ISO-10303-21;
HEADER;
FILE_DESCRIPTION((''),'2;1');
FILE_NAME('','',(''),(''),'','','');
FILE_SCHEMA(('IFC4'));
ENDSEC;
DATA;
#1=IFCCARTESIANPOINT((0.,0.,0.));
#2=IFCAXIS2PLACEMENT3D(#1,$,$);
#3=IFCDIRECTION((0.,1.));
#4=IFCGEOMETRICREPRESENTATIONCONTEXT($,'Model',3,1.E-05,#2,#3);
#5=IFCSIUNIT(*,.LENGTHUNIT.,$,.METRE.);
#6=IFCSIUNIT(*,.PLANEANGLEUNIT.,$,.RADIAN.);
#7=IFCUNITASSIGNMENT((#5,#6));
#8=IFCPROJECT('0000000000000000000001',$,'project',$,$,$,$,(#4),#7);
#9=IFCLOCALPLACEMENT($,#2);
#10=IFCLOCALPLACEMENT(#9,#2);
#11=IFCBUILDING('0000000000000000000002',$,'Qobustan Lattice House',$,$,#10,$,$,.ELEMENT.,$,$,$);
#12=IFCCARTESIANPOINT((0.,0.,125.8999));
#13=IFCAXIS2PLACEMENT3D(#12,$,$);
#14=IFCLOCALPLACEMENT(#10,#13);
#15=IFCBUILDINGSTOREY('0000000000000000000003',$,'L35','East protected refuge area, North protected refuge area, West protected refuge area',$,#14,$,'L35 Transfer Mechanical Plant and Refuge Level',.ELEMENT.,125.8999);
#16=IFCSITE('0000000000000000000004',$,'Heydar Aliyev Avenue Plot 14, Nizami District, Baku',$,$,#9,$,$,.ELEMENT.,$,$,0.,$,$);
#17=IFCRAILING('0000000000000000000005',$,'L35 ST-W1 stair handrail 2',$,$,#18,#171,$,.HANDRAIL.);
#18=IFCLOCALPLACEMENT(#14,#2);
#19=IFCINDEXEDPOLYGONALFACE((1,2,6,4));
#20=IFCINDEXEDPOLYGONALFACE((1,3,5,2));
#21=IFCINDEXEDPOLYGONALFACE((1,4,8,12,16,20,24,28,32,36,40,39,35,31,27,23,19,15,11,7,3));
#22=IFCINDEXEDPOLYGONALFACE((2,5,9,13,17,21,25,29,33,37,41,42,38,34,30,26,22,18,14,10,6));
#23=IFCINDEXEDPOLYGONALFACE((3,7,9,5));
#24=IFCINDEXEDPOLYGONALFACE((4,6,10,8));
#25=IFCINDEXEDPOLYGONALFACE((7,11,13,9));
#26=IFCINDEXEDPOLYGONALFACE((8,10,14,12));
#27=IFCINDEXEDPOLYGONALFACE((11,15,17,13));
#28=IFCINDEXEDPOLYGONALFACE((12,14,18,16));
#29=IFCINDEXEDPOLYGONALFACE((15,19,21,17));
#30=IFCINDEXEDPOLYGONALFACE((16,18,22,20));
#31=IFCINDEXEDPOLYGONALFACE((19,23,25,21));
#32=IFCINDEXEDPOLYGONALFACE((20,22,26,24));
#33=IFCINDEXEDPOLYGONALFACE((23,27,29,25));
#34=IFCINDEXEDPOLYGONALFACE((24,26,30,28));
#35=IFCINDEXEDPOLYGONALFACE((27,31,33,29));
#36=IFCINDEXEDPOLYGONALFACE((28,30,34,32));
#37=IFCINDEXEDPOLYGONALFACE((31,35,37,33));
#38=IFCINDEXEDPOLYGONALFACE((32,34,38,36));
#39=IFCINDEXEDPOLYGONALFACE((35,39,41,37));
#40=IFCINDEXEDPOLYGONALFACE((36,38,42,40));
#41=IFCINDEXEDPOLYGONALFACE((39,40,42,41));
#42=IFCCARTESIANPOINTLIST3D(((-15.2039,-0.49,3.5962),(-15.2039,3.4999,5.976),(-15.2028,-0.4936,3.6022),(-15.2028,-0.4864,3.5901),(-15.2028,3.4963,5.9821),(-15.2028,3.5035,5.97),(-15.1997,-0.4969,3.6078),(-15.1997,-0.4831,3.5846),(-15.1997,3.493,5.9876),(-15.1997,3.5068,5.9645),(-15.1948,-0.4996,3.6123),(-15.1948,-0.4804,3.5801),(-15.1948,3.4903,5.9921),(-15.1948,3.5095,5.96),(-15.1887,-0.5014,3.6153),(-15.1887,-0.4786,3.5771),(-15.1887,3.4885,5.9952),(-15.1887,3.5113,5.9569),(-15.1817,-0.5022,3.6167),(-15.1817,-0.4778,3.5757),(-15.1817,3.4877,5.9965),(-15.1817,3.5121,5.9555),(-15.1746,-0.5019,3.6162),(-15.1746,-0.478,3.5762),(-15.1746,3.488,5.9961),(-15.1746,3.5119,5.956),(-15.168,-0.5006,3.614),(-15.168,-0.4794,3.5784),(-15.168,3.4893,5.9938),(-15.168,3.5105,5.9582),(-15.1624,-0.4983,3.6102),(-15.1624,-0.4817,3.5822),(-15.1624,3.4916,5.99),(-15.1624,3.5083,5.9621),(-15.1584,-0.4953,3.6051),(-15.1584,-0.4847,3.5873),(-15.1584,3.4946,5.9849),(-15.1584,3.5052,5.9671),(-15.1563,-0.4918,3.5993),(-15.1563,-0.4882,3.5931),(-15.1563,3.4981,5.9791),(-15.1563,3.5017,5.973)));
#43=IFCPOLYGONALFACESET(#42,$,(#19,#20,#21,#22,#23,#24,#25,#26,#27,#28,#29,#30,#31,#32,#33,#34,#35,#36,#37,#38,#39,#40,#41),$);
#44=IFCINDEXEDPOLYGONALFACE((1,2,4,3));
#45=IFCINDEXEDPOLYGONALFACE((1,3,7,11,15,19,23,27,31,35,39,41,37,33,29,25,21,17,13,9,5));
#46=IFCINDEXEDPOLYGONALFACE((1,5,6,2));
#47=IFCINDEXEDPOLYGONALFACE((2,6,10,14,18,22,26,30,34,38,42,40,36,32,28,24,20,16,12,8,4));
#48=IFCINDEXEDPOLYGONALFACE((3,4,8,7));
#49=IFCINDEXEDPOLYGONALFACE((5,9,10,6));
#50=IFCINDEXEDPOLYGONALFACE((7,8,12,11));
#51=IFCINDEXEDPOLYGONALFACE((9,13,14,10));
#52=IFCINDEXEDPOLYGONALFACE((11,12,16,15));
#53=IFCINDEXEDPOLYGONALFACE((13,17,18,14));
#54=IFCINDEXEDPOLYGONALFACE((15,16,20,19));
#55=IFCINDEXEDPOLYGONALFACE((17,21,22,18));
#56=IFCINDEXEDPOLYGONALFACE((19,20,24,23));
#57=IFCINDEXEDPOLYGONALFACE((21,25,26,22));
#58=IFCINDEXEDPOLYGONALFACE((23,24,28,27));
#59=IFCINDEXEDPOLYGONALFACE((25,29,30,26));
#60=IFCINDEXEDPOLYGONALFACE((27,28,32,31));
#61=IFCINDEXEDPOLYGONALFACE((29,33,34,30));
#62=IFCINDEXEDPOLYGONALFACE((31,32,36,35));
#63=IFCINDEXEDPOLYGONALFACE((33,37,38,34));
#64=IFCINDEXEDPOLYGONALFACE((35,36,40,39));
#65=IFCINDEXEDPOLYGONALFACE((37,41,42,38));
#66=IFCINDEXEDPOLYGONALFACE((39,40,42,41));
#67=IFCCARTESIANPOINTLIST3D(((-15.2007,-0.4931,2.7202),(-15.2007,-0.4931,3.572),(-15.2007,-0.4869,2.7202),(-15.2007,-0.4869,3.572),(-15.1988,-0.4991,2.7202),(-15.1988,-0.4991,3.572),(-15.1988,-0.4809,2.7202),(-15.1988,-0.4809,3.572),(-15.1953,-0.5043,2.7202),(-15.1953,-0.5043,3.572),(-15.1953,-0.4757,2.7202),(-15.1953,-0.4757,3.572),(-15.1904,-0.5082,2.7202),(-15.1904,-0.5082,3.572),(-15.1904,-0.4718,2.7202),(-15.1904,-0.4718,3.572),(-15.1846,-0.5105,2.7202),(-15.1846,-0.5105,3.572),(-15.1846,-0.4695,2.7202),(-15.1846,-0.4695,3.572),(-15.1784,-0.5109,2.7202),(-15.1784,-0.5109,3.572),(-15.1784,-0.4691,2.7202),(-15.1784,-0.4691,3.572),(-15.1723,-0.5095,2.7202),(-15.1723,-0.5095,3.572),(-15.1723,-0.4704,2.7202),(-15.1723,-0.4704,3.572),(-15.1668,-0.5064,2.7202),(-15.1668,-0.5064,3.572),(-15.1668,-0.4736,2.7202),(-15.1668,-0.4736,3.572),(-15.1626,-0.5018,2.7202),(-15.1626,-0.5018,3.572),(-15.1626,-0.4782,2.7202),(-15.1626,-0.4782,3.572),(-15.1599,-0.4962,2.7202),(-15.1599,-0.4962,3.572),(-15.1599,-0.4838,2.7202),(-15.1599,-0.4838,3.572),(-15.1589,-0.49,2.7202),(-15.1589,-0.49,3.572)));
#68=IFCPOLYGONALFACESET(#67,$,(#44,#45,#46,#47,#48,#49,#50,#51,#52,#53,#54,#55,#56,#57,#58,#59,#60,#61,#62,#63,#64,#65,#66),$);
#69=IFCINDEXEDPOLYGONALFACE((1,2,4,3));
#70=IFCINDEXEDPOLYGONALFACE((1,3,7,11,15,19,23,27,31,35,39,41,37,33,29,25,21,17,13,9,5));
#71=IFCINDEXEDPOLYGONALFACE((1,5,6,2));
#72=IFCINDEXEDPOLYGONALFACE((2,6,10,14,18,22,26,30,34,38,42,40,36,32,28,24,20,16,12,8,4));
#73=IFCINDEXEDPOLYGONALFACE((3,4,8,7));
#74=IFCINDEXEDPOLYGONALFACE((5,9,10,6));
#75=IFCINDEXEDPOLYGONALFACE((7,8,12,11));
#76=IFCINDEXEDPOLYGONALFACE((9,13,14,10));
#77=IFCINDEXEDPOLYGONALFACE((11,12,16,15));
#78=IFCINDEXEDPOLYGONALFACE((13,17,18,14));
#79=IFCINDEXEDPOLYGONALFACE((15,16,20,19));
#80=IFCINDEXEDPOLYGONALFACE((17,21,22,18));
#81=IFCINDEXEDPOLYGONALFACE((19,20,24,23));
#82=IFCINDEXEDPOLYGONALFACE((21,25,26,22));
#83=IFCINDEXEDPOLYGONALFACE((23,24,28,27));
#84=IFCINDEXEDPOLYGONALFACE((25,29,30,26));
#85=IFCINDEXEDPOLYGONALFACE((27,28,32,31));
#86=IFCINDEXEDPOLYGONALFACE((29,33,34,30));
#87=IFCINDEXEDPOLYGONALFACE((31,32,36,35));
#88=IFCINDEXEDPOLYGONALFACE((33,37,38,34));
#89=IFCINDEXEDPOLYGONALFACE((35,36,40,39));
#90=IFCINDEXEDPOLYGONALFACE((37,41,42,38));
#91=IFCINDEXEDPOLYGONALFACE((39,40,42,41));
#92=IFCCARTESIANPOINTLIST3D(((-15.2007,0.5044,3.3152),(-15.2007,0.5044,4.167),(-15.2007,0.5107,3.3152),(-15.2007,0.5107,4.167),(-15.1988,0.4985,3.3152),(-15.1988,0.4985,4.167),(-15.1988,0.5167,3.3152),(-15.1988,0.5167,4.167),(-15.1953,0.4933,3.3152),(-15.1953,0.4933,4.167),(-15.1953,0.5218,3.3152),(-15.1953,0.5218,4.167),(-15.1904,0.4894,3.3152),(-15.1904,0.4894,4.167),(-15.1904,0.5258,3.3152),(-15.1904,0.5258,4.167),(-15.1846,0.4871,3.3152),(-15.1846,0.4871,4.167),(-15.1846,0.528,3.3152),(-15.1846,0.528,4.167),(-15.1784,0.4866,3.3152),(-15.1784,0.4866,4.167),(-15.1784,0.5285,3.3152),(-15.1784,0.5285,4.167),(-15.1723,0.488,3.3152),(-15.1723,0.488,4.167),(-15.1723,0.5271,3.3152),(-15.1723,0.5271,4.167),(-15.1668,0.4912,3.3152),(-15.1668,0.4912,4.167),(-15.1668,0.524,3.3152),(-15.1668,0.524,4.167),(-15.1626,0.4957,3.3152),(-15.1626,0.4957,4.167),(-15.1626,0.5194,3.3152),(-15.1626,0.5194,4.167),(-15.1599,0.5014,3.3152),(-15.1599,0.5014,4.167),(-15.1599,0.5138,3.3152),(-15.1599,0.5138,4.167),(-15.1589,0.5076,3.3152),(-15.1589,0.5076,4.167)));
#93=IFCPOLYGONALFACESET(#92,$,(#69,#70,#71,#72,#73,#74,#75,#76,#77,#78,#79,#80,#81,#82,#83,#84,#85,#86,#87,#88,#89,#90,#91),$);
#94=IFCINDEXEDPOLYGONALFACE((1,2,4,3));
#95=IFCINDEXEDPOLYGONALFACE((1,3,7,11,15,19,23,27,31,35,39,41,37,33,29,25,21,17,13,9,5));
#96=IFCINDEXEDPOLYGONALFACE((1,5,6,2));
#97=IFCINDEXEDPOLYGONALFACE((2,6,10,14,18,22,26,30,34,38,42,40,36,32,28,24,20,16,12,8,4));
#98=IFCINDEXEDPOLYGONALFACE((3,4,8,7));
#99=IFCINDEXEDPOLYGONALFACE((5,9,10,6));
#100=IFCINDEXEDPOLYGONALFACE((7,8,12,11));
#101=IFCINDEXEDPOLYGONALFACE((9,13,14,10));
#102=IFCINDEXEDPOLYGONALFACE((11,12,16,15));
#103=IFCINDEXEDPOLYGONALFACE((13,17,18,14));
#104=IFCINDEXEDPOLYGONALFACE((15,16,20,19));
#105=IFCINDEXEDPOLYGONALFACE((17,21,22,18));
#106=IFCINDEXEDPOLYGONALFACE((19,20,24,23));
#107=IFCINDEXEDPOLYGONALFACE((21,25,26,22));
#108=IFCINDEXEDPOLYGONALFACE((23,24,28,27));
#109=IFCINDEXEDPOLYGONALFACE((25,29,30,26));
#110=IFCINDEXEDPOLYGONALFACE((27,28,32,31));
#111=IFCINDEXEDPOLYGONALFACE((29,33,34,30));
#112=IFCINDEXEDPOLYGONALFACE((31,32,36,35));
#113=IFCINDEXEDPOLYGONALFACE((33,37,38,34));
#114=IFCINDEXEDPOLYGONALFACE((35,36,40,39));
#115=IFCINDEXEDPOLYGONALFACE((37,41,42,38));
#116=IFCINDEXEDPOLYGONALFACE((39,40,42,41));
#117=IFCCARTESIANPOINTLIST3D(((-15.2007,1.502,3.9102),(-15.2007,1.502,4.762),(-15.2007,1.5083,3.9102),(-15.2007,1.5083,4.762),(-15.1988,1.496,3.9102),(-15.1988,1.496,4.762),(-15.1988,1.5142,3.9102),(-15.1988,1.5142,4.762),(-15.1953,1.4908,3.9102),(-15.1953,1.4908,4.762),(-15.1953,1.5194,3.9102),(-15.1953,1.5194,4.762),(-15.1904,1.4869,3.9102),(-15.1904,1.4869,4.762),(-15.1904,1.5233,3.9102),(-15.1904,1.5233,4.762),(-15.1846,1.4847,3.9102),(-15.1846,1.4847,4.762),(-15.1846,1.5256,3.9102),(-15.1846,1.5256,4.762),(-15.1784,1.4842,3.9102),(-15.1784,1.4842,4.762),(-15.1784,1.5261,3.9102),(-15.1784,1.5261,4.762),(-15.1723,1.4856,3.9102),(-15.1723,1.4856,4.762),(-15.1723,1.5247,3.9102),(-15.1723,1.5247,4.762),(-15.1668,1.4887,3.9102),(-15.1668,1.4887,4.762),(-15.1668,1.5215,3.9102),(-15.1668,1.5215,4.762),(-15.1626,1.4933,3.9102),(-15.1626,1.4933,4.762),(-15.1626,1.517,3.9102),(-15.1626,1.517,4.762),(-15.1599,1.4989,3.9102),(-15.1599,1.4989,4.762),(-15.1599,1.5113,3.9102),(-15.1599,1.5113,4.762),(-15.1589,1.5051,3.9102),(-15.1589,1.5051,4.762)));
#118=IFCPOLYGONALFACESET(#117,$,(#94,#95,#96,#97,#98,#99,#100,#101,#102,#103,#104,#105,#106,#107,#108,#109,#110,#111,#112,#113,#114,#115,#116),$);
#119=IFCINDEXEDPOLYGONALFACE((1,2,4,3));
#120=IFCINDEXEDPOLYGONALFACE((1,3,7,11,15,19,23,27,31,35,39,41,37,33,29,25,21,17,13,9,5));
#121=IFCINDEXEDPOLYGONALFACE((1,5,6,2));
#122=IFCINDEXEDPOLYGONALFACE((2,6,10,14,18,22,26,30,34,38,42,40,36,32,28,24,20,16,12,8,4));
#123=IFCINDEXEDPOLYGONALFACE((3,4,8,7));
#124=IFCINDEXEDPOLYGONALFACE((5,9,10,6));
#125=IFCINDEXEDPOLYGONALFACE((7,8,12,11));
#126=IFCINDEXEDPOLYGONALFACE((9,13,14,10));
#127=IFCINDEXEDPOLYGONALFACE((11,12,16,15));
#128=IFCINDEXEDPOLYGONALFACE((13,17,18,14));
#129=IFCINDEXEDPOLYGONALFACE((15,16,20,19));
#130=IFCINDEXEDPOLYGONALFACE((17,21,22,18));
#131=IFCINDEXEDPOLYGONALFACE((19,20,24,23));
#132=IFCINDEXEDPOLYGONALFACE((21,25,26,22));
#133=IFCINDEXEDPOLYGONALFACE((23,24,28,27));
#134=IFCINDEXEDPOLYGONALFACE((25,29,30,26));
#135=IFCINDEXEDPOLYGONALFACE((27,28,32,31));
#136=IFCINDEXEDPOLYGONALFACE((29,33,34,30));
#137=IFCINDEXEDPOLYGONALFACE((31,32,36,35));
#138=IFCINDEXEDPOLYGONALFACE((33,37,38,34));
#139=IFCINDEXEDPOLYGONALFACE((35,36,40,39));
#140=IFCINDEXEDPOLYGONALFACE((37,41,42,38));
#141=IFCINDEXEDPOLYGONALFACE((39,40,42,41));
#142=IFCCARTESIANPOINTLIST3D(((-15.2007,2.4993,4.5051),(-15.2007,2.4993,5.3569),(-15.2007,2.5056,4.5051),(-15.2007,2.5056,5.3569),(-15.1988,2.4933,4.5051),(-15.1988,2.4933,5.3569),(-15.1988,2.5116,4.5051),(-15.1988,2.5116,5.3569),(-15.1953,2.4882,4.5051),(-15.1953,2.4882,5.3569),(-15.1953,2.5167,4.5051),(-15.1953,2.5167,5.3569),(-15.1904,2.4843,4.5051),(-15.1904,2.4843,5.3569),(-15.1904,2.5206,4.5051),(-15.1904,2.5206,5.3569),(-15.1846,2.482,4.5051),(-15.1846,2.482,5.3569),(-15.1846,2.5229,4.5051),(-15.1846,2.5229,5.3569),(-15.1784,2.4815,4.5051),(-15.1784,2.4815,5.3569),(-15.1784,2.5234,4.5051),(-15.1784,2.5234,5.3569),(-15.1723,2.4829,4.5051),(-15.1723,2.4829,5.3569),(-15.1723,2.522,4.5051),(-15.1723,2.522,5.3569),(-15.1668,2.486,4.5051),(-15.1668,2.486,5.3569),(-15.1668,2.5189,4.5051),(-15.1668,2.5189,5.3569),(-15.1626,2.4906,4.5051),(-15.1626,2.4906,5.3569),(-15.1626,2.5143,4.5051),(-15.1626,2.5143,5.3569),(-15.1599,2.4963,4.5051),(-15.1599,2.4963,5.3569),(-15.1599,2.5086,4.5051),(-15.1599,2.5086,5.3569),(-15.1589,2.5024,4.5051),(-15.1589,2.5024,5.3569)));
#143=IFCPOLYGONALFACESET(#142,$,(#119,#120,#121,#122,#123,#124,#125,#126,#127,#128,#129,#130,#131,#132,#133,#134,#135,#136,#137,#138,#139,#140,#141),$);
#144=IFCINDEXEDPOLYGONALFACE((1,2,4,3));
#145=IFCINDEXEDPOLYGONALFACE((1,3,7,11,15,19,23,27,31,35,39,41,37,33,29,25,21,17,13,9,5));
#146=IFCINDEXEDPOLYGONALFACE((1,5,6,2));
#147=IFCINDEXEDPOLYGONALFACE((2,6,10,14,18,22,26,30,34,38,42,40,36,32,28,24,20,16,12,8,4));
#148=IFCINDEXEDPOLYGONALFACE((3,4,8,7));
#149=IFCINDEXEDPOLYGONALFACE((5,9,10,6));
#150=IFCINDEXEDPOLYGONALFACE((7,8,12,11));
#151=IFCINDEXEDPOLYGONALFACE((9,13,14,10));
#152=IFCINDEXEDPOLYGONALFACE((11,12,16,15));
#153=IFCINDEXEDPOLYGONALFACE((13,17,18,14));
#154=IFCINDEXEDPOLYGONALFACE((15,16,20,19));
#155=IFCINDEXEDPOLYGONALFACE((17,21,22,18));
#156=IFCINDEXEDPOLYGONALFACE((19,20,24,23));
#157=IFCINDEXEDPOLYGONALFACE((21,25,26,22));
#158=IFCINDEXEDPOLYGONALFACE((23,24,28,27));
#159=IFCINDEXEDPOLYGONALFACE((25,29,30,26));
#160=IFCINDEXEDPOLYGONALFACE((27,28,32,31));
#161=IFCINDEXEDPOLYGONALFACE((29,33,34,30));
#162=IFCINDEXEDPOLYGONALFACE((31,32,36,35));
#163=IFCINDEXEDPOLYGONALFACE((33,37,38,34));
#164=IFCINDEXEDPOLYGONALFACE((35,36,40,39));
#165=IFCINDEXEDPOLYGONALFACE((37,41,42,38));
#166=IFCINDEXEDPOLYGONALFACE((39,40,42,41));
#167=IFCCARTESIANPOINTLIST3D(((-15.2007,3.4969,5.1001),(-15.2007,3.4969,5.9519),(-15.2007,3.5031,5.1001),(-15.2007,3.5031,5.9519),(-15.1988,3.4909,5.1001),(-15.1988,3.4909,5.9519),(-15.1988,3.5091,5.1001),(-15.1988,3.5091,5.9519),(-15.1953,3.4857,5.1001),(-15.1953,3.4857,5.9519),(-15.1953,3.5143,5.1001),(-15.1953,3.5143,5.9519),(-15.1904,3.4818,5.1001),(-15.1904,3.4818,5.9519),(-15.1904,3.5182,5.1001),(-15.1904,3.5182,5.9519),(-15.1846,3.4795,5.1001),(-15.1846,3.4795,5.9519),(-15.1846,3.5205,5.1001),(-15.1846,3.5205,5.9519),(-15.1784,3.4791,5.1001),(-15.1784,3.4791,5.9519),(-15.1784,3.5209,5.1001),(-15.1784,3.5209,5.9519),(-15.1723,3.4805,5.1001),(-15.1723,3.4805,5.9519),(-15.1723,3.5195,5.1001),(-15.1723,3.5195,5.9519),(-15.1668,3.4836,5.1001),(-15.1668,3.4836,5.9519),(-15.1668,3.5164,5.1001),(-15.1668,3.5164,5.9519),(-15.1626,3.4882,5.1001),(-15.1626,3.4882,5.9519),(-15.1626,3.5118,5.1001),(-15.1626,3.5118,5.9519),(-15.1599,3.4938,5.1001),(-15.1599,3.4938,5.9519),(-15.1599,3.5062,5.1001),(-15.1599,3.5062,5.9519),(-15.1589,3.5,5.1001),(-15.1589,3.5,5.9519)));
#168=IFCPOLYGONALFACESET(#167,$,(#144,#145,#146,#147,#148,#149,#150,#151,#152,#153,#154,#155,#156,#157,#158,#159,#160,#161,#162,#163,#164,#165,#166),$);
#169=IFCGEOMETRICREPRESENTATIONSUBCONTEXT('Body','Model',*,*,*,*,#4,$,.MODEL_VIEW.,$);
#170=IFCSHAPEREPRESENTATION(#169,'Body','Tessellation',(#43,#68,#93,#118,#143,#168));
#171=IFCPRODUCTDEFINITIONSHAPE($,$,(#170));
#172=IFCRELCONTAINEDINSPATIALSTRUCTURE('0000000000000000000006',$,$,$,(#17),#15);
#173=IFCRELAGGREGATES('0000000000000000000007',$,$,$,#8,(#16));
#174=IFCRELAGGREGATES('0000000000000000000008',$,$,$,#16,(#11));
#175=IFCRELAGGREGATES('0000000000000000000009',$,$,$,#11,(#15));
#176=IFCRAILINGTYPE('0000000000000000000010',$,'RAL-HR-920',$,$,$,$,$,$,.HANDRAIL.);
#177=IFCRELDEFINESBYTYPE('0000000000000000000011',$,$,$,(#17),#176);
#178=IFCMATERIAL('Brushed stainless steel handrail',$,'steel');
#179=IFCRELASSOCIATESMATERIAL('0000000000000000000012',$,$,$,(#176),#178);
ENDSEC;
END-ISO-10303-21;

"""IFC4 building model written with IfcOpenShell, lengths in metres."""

from ifc_helpers import new_model, si_unit, direction, frame, origin, origin_2d, place, context, subcontext, project, spatial, circle, extrude, material, type_object, element, save


model = new_model("IFC4")

# Units and contexts
model_context = context("Model", 3, precision=1e-05, world=origin(), true_north=direction((0.0, 1.0)))
body_context = subcontext(model_context, "Body", "Model", "MODEL_VIEW")
ifc_project = project(units=[si_unit("LENGTHUNIT", "METRE"), si_unit("PLANEANGLEUNIT", "RADIAN")], contexts=[model_context])

# Site, building, storey
site_placement = place(None, origin())
site = spatial("IfcSite", under=ifc_project, at=site_placement, Name="Heydar Aliyev Avenue Plot 14, Nizami District, Baku", CompositionType="ELEMENT", RefElevation=0.0)
building_placement = place(site_placement, origin())
building = spatial("IfcBuilding", under=site, at=building_placement, Name="Qobustan Lattice House", CompositionType="ELEMENT")
storey_placement = place(building_placement, frame((0.0, 0.0, 125.8999)))
storey = spatial("IfcBuildingStorey", under=building, at=storey_placement, Name="L35", Description="East protected refuge area, North protected refuge area, West protected refuge area", LongName="L35 Transfer Mechanical Plant and Refuge Level", CompositionType="ELEMENT", Elevation=125.8999)

# Railing
ifc_material_1 = material(Name="Brushed stainless steel handrail", Category="steel")
railing_type_1 = type_object("IfcRailingType", Name="RAL-HR-920", PredefinedType="HANDRAIL", material=ifc_material_1)
railing_1_placement = place(storey_placement, frame((-15.1799, -0.49, 2.7202)))
element("IfcRailing", 1, at=railing_1_placement, inside=storey, type_object=railing_type_1, Name="L35 ST-W1 stair handrail 2", PredefinedType="HANDRAIL", context=body_context, shape_type="SweptSolid", body=[
    extrude(circle(Radius=0.0239, at=origin_2d()), frame((0.0, 0.0, 0.876), z_axis=(0.0, 0.85883, 0.512261), x_axis=(-1.0, 0.0, 0.0)), (0.0, 0.0, 1.0), 4.6458),
    extrude(circle(Radius=0.021, at=origin_2d()), origin(), (0.0, 0.0, 1.0), 0.8518),
    extrude(circle(Radius=0.021, at=origin_2d()), frame((0.0, 0.9976, 0.595)), (0.0, 0.0, 1.0), 0.8518),
    extrude(circle(Radius=0.021, at=origin_2d()), frame((0.0, 1.9951, 1.1899)), (0.0, 0.0, 1.0), 0.8518),
    extrude(circle(Radius=0.021, at=origin_2d()), frame((0.0, 2.9924, 1.7849)), (0.0, 0.0, 1.0), 0.8518),
    extrude(circle(Radius=0.021, at=origin_2d()), frame((0.0, 3.99, 2.3799)), (0.0, 0.0, 1.0), 0.8518),
])

save(model, "model.ifc")
